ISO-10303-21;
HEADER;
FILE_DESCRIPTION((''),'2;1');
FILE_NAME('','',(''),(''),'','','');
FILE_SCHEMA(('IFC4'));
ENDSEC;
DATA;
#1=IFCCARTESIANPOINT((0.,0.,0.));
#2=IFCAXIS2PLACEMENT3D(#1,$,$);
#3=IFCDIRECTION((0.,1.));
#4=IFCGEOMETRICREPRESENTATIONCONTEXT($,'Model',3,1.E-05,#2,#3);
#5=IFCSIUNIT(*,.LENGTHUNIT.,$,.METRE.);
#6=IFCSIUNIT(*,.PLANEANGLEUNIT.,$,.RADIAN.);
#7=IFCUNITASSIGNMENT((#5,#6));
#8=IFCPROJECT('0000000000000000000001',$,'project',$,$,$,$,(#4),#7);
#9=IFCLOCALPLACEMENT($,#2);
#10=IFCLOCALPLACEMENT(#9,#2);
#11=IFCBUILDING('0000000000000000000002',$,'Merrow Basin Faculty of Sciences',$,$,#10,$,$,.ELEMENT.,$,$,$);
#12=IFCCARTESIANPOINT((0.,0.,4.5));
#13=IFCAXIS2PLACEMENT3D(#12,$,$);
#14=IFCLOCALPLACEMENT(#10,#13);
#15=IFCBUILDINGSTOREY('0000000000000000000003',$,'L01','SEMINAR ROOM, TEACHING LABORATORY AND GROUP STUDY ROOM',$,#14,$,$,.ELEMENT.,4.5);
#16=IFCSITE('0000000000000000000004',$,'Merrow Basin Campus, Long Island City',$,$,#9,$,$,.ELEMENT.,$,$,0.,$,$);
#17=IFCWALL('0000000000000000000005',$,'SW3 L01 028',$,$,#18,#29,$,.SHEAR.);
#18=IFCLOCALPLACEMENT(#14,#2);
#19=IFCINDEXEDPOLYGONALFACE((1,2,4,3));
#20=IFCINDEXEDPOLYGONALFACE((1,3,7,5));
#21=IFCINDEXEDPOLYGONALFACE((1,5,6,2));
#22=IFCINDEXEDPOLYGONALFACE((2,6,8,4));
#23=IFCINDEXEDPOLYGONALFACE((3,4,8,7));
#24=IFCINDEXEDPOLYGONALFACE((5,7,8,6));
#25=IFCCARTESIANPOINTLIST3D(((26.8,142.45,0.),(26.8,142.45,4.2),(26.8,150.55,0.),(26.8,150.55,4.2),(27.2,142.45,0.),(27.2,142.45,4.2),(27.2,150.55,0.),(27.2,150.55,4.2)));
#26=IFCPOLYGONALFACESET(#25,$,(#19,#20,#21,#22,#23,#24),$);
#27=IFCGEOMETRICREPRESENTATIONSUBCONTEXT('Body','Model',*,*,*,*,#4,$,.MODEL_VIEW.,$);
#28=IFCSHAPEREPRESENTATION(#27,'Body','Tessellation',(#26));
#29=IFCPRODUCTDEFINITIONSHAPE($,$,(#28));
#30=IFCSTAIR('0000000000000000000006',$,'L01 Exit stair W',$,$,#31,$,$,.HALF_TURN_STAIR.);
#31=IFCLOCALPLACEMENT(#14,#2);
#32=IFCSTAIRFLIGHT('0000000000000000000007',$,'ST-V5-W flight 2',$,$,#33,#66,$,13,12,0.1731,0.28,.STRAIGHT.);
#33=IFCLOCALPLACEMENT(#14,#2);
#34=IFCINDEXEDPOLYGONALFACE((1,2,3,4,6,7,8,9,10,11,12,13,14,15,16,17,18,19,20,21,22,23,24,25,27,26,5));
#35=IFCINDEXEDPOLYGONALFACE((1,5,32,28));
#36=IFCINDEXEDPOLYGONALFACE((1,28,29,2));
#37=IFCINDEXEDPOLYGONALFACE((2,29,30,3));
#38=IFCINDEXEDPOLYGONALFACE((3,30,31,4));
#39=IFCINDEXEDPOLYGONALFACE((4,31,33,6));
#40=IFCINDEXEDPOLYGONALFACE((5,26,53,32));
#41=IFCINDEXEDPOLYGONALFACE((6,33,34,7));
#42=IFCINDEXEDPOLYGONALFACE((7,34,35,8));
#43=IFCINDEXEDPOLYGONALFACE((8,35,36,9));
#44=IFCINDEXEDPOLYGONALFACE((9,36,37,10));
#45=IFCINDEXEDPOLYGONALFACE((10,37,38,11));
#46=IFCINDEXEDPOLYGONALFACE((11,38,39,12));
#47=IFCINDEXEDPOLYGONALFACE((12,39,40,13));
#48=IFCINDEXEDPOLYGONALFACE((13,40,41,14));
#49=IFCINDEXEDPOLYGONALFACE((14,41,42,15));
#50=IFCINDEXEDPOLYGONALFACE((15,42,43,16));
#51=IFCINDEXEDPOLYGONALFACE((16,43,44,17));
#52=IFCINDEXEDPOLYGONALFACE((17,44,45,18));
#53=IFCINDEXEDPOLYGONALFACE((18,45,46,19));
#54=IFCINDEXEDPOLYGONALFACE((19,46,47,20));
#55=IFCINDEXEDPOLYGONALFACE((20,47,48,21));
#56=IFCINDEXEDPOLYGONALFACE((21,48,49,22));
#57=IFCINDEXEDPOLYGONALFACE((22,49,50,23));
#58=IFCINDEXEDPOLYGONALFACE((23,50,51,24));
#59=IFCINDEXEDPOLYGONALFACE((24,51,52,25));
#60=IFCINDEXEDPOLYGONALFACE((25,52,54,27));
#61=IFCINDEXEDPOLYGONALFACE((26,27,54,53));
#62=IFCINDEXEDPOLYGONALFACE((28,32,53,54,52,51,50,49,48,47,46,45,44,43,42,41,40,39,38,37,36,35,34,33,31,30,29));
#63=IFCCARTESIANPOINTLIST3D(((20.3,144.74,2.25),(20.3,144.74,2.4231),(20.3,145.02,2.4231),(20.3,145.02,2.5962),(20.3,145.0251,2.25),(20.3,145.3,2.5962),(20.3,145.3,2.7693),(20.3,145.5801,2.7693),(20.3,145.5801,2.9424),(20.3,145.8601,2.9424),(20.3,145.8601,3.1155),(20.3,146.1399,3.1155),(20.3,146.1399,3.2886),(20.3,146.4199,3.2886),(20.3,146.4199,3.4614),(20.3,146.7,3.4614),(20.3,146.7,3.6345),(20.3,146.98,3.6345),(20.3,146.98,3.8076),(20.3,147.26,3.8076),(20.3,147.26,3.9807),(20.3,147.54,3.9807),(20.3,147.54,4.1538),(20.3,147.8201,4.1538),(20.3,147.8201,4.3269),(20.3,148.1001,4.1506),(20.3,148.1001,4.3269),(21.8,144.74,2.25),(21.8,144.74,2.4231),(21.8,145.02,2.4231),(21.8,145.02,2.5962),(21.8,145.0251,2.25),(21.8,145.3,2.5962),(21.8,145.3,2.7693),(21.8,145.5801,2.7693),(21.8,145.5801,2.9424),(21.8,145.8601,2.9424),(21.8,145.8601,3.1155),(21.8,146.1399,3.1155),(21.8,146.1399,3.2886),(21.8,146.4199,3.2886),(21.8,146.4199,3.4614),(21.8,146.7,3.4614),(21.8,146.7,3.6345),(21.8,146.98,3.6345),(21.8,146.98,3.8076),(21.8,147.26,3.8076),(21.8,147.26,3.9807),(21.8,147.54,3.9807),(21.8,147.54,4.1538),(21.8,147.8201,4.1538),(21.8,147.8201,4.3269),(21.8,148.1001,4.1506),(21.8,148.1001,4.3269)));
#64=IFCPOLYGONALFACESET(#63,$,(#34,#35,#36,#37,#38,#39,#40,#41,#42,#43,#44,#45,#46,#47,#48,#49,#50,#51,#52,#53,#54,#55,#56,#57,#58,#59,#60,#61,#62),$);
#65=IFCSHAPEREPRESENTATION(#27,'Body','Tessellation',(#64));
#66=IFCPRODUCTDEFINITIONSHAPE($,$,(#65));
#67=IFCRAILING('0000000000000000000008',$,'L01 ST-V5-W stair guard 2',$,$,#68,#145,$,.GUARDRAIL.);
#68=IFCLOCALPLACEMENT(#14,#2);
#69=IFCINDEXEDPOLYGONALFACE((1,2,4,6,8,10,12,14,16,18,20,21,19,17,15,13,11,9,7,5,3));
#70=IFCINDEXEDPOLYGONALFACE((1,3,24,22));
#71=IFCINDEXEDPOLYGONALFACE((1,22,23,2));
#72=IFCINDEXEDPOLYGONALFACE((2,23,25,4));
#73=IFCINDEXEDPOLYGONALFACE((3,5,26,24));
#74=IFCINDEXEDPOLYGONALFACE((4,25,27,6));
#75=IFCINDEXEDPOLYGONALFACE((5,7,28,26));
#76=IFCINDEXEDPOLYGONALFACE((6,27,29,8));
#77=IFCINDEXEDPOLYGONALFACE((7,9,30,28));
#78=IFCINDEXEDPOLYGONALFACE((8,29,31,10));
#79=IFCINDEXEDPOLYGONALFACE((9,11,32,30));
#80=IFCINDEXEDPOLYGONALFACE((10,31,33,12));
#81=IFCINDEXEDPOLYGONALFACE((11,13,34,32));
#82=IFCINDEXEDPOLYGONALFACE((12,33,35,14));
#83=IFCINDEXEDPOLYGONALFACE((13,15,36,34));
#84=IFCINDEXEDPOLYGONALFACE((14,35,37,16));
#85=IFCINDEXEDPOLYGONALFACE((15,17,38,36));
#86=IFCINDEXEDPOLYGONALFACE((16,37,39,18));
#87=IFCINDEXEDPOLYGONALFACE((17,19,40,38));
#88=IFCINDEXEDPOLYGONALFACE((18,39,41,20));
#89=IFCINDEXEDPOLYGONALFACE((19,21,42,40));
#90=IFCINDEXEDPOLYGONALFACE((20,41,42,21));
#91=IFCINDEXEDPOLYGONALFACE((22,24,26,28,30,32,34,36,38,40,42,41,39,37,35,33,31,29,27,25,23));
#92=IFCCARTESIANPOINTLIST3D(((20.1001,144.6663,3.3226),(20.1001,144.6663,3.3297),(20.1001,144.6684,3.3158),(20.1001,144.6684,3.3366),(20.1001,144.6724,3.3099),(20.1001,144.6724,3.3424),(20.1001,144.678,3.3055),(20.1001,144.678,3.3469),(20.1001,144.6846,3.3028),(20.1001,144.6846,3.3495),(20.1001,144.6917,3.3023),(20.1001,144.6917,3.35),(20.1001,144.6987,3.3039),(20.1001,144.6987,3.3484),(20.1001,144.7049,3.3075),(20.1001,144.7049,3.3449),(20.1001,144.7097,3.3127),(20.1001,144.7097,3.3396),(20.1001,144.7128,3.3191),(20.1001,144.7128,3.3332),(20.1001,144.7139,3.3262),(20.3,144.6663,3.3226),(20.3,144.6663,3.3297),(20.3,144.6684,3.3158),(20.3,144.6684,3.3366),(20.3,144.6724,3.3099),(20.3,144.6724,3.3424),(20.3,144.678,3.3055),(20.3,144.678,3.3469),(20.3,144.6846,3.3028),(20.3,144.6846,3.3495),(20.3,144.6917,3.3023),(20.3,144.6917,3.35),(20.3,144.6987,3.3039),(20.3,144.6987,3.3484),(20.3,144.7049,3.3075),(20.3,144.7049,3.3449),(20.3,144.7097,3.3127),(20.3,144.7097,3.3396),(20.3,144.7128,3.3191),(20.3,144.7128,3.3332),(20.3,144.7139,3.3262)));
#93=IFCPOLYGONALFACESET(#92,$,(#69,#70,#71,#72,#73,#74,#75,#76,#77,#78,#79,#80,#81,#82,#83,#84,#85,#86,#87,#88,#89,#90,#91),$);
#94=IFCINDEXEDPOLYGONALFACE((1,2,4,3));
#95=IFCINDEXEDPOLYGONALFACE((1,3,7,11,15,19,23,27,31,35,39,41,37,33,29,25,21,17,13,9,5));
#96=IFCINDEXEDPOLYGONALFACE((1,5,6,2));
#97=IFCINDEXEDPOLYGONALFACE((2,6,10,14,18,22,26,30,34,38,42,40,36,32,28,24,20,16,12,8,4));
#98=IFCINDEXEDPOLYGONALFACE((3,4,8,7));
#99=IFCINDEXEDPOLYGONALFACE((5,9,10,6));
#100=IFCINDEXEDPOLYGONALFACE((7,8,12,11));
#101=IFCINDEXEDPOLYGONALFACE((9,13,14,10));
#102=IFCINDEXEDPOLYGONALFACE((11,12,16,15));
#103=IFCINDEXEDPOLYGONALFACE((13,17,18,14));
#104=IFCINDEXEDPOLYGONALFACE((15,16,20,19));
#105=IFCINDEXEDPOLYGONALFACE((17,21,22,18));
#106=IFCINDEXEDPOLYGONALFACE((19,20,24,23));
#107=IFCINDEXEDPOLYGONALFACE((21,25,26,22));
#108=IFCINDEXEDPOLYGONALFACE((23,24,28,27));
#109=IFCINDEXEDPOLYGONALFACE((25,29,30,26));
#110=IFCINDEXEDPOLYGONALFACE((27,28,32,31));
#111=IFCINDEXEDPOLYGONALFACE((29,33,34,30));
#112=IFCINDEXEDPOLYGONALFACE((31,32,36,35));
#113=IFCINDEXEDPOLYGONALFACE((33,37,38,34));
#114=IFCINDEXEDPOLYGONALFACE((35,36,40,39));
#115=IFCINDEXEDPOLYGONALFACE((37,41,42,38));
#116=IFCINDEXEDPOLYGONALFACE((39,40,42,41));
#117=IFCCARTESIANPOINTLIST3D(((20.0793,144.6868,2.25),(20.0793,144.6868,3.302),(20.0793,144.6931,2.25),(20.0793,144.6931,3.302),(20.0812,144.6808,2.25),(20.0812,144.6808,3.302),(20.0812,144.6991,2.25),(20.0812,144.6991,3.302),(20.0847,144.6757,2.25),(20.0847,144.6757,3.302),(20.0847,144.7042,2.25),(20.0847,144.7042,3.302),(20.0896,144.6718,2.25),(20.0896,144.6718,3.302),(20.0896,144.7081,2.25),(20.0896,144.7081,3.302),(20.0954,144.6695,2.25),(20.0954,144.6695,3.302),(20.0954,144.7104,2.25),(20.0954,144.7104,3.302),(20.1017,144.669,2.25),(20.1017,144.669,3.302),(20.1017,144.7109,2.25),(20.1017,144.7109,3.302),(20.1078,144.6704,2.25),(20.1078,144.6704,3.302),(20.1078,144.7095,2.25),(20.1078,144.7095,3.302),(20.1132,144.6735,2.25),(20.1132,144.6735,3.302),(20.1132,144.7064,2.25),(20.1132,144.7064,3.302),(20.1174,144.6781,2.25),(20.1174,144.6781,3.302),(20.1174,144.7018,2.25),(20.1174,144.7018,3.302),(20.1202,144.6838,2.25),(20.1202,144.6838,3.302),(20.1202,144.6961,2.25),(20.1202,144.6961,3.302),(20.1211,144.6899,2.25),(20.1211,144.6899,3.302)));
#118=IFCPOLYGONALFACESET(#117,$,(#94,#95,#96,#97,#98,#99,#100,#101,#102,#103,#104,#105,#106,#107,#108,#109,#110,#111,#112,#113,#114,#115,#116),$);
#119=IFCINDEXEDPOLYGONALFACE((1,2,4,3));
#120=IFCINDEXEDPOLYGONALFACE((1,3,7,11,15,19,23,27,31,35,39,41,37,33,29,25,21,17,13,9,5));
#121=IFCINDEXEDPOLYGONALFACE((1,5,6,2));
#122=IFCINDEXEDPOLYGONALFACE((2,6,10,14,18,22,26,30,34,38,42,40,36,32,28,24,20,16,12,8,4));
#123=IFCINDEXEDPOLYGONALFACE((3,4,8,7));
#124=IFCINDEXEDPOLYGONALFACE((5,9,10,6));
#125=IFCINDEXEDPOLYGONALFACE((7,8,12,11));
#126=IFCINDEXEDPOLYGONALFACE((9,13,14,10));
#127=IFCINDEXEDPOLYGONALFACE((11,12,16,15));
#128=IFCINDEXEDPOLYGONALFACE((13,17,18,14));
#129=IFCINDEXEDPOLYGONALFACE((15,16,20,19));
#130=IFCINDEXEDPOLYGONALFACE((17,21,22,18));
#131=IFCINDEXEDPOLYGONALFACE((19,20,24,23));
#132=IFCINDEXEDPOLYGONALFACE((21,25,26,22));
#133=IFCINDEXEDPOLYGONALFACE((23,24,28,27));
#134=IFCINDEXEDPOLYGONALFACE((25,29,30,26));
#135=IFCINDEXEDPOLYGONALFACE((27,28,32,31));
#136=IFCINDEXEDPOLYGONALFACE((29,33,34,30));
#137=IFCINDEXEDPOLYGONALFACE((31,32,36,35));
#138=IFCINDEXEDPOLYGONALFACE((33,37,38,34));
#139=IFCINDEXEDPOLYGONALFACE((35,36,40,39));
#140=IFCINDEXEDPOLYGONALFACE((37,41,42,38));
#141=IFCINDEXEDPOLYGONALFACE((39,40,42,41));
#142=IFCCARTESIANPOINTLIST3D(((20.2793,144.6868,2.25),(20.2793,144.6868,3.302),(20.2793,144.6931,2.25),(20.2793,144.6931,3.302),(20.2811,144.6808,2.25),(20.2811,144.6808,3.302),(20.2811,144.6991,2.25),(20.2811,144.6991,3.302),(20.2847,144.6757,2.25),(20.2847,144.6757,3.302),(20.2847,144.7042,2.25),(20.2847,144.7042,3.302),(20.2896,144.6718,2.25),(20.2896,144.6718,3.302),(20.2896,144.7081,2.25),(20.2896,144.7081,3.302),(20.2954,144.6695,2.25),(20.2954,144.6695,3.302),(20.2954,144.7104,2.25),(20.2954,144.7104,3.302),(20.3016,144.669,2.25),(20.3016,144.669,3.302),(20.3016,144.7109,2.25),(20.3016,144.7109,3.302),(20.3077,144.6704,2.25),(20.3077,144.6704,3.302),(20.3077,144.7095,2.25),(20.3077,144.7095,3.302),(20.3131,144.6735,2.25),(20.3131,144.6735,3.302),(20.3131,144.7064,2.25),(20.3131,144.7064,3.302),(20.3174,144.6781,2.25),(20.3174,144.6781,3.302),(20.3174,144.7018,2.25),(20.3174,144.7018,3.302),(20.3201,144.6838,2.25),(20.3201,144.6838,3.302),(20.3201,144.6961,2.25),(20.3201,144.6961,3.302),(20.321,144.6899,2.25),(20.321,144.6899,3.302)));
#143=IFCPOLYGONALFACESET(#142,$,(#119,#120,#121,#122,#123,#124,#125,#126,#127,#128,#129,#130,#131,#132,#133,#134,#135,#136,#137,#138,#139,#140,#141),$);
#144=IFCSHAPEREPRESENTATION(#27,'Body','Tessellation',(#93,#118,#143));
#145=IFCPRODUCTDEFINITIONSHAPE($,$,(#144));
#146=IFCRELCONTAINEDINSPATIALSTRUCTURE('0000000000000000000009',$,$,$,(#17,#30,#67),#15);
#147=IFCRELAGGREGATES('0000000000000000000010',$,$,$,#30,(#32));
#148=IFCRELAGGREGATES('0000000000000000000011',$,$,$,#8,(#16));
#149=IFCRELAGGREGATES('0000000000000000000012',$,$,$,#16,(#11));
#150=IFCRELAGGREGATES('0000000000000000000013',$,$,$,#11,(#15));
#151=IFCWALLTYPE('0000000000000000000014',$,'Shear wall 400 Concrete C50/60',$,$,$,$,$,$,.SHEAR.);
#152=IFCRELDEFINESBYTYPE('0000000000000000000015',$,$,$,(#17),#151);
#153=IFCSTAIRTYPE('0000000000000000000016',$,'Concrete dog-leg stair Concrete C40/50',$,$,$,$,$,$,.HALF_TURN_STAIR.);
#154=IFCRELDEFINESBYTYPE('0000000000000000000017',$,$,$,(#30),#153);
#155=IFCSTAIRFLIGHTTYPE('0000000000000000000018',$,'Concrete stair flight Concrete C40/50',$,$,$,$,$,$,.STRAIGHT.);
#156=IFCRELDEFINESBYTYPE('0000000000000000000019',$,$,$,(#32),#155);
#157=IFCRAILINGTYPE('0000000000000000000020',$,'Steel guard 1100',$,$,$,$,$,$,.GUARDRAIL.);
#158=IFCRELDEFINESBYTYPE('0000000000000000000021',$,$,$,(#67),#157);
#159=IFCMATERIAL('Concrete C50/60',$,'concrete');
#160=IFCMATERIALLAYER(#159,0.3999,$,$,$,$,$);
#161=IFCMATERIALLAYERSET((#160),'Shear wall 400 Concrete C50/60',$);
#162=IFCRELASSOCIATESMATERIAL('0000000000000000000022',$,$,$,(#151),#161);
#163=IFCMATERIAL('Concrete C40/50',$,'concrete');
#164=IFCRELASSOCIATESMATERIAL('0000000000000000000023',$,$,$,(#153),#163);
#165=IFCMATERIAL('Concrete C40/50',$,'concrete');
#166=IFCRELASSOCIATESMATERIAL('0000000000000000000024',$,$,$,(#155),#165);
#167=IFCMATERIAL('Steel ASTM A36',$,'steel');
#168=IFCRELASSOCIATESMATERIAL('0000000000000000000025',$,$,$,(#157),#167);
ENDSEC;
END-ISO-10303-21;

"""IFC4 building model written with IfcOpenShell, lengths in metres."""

from ifc_helpers import new_model, si_unit, direction, frame, frame_2d, origin, origin_2d, place, context, subcontext, project, spatial, polyline, rectangle, circle, outline, extrude, material, layer, layer_set, type_object, element, aggregate, save


model = new_model("IFC4")

# Units and contexts
model_context = context("Model", 3, precision=1e-05, world=origin(), true_north=direction((0.0, 1.0)))
body_context = subcontext(model_context, "Body", "Model", "MODEL_VIEW")
ifc_project = project(units=[si_unit("LENGTHUNIT", "METRE"), si_unit("PLANEANGLEUNIT", "RADIAN")], contexts=[model_context])

# Site, building, storey
site_placement = place(None, origin())
site = spatial("IfcSite", under=ifc_project, at=site_placement, Name="Merrow Basin Campus, Long Island City", CompositionType="ELEMENT", RefElevation=0.0)
building_placement = place(site_placement, origin())
building = spatial("IfcBuilding", under=site, at=building_placement, Name="Merrow Basin Faculty of Sciences", CompositionType="ELEMENT")
storey_placement = place(building_placement, frame((0.0, 0.0, 4.5)))
storey = spatial("IfcBuildingStorey", under=building, at=storey_placement, Name="L01", Description="SEMINAR ROOM, TEACHING LABORATORY AND GROUP STUDY ROOM", CompositionType="ELEMENT", Elevation=4.5)

# Wall
ifc_material_1 = material(Name="Concrete C50/60", Category="concrete")
ifc_layer_1 = layer(ifc_material_1, 0.3999)
ifc_layer_set_1 = layer_set([ifc_layer_1], Name="Shear wall 400 Concrete C50/60")
wall_type_1 = type_object("IfcWallType", Name="Shear wall 400 Concrete C50/60", PredefinedType="SHEAR", material=ifc_layer_set_1)
wall_1_placement = place(storey_placement, frame((27.0, 142.45, 0.0), z_axis=(0.0, 0.0, 1.0), x_axis=(0.0, 1.0, 0.0)))
element("IfcWall", 1, at=wall_1_placement, inside=storey, type_object=wall_type_1, Name="SW3 L01 028", PredefinedType="SHEAR", context=body_context, shape_type="SweptSolid", body=[
    extrude(rectangle(XDim=8.1001, YDim=0.3999, at=frame_2d((4.05, 0.0))), origin(), (0.0, 0.0, 1.0), 4.2),
])

# Stair, stair flight
ifc_material_2 = material(Name="Concrete C40/50", Category="concrete")
stair_type = type_object("IfcStairType", Name="Concrete dog-leg stair Concrete C40/50", PredefinedType="HALF_TURN_STAIR", material=ifc_material_2)
stair_placement = place(storey_placement, origin())
stair = element("IfcStair", 2, at=stair_placement, inside=storey, type_object=stair_type, Name="L01 Exit stair W", PredefinedType="HALF_TURN_STAIR")
ifc_material_3 = material(Name="Concrete C40/50", Category="concrete")
stair_flight_type = type_object("IfcStairFlightType", Name="Concrete stair flight Concrete C40/50", PredefinedType="STRAIGHT", material=ifc_material_3)
stair_flight_placement = place(storey_placement, frame((21.05, 144.74, 2.25), z_axis=(0.0, 0.0, 1.0), x_axis=(0.0, 1.0, 0.0)))
stair_flight = element("IfcStairFlight", 3, at=stair_flight_placement, type_object=stair_flight_type, Name="ST-V5-W flight 2", NumberOfRisers=13, NumberOfTreads=12, PredefinedType="STRAIGHT", RiserHeight=0.1731, TreadLength=0.28, context=body_context, shape_type="SweptSolid", body=[
    extrude(outline(polyline([(0.0, 0.0), (0.0, 0.1731), (0.28, 0.1731), (0.28, 0.3462), (0.5601, 0.3462), (0.5601, 0.5193), (0.8401, 0.5193), (0.8401, 0.6924), (1.1201, 0.6924), (1.1201, 0.8655), (1.3999, 0.8655), (1.3999, 1.0386), (1.6799, 1.0386), (1.6799, 1.2114), (1.96, 1.2114), (1.96, 1.3845), (2.24, 1.3845), (2.24, 1.5576), (2.52, 1.5576), (2.52, 1.7307), (2.8, 1.7307), (2.8, 1.9038), (3.0801, 1.9038), (3.0801, 2.0769), (3.3601, 2.0769), (3.3601, 2.25), (3.3601, 1.9006), (0.2852, 0.0), (0.0, 0.0)])), frame((0.0, 0.75, 0.0), z_axis=(0.0, -1.0, 0.0), x_axis=(1.0, 0.0, 0.0)), (0.0, 0.0, 1.0), 1.5),
])
aggregate(stair, [stair_flight])

# Railing
ifc_material_4 = material(Name="Steel ASTM A36", Category="steel")
railing_type_1 = type_object("IfcRailingType", Name="Steel guard 1100", PredefinedType="GUARDRAIL", material=ifc_material_4)
railing_1_placement = place(storey_placement, frame((20.1001, 144.6899, 2.25)))
element("IfcRailing", 4, at=railing_1_placement, inside=storey, type_object=railing_type_1, Name="L01 ST-V5-W stair guard 2", PredefinedType="GUARDRAIL", context=body_context, shape_type="SweptSolid", body=[
    extrude(circle(Radius=0.0239, at=origin_2d()), frame((0.0, 0.0, 1.0762), z_axis=(1.0, 0.0, 0.0), x_axis=(0.0, 1.0, 0.0)), (0.0, 0.0, 1.0), 0.2),
    extrude(circle(Radius=0.021, at=origin_2d()), origin(), (0.0, 0.0, 1.0), 1.052),
    extrude(circle(Radius=0.021, at=origin_2d()), frame((0.2, 0.0, 0.0)), (0.0, 0.0, 1.0), 1.052),
])

save(model, "model.ifc")
